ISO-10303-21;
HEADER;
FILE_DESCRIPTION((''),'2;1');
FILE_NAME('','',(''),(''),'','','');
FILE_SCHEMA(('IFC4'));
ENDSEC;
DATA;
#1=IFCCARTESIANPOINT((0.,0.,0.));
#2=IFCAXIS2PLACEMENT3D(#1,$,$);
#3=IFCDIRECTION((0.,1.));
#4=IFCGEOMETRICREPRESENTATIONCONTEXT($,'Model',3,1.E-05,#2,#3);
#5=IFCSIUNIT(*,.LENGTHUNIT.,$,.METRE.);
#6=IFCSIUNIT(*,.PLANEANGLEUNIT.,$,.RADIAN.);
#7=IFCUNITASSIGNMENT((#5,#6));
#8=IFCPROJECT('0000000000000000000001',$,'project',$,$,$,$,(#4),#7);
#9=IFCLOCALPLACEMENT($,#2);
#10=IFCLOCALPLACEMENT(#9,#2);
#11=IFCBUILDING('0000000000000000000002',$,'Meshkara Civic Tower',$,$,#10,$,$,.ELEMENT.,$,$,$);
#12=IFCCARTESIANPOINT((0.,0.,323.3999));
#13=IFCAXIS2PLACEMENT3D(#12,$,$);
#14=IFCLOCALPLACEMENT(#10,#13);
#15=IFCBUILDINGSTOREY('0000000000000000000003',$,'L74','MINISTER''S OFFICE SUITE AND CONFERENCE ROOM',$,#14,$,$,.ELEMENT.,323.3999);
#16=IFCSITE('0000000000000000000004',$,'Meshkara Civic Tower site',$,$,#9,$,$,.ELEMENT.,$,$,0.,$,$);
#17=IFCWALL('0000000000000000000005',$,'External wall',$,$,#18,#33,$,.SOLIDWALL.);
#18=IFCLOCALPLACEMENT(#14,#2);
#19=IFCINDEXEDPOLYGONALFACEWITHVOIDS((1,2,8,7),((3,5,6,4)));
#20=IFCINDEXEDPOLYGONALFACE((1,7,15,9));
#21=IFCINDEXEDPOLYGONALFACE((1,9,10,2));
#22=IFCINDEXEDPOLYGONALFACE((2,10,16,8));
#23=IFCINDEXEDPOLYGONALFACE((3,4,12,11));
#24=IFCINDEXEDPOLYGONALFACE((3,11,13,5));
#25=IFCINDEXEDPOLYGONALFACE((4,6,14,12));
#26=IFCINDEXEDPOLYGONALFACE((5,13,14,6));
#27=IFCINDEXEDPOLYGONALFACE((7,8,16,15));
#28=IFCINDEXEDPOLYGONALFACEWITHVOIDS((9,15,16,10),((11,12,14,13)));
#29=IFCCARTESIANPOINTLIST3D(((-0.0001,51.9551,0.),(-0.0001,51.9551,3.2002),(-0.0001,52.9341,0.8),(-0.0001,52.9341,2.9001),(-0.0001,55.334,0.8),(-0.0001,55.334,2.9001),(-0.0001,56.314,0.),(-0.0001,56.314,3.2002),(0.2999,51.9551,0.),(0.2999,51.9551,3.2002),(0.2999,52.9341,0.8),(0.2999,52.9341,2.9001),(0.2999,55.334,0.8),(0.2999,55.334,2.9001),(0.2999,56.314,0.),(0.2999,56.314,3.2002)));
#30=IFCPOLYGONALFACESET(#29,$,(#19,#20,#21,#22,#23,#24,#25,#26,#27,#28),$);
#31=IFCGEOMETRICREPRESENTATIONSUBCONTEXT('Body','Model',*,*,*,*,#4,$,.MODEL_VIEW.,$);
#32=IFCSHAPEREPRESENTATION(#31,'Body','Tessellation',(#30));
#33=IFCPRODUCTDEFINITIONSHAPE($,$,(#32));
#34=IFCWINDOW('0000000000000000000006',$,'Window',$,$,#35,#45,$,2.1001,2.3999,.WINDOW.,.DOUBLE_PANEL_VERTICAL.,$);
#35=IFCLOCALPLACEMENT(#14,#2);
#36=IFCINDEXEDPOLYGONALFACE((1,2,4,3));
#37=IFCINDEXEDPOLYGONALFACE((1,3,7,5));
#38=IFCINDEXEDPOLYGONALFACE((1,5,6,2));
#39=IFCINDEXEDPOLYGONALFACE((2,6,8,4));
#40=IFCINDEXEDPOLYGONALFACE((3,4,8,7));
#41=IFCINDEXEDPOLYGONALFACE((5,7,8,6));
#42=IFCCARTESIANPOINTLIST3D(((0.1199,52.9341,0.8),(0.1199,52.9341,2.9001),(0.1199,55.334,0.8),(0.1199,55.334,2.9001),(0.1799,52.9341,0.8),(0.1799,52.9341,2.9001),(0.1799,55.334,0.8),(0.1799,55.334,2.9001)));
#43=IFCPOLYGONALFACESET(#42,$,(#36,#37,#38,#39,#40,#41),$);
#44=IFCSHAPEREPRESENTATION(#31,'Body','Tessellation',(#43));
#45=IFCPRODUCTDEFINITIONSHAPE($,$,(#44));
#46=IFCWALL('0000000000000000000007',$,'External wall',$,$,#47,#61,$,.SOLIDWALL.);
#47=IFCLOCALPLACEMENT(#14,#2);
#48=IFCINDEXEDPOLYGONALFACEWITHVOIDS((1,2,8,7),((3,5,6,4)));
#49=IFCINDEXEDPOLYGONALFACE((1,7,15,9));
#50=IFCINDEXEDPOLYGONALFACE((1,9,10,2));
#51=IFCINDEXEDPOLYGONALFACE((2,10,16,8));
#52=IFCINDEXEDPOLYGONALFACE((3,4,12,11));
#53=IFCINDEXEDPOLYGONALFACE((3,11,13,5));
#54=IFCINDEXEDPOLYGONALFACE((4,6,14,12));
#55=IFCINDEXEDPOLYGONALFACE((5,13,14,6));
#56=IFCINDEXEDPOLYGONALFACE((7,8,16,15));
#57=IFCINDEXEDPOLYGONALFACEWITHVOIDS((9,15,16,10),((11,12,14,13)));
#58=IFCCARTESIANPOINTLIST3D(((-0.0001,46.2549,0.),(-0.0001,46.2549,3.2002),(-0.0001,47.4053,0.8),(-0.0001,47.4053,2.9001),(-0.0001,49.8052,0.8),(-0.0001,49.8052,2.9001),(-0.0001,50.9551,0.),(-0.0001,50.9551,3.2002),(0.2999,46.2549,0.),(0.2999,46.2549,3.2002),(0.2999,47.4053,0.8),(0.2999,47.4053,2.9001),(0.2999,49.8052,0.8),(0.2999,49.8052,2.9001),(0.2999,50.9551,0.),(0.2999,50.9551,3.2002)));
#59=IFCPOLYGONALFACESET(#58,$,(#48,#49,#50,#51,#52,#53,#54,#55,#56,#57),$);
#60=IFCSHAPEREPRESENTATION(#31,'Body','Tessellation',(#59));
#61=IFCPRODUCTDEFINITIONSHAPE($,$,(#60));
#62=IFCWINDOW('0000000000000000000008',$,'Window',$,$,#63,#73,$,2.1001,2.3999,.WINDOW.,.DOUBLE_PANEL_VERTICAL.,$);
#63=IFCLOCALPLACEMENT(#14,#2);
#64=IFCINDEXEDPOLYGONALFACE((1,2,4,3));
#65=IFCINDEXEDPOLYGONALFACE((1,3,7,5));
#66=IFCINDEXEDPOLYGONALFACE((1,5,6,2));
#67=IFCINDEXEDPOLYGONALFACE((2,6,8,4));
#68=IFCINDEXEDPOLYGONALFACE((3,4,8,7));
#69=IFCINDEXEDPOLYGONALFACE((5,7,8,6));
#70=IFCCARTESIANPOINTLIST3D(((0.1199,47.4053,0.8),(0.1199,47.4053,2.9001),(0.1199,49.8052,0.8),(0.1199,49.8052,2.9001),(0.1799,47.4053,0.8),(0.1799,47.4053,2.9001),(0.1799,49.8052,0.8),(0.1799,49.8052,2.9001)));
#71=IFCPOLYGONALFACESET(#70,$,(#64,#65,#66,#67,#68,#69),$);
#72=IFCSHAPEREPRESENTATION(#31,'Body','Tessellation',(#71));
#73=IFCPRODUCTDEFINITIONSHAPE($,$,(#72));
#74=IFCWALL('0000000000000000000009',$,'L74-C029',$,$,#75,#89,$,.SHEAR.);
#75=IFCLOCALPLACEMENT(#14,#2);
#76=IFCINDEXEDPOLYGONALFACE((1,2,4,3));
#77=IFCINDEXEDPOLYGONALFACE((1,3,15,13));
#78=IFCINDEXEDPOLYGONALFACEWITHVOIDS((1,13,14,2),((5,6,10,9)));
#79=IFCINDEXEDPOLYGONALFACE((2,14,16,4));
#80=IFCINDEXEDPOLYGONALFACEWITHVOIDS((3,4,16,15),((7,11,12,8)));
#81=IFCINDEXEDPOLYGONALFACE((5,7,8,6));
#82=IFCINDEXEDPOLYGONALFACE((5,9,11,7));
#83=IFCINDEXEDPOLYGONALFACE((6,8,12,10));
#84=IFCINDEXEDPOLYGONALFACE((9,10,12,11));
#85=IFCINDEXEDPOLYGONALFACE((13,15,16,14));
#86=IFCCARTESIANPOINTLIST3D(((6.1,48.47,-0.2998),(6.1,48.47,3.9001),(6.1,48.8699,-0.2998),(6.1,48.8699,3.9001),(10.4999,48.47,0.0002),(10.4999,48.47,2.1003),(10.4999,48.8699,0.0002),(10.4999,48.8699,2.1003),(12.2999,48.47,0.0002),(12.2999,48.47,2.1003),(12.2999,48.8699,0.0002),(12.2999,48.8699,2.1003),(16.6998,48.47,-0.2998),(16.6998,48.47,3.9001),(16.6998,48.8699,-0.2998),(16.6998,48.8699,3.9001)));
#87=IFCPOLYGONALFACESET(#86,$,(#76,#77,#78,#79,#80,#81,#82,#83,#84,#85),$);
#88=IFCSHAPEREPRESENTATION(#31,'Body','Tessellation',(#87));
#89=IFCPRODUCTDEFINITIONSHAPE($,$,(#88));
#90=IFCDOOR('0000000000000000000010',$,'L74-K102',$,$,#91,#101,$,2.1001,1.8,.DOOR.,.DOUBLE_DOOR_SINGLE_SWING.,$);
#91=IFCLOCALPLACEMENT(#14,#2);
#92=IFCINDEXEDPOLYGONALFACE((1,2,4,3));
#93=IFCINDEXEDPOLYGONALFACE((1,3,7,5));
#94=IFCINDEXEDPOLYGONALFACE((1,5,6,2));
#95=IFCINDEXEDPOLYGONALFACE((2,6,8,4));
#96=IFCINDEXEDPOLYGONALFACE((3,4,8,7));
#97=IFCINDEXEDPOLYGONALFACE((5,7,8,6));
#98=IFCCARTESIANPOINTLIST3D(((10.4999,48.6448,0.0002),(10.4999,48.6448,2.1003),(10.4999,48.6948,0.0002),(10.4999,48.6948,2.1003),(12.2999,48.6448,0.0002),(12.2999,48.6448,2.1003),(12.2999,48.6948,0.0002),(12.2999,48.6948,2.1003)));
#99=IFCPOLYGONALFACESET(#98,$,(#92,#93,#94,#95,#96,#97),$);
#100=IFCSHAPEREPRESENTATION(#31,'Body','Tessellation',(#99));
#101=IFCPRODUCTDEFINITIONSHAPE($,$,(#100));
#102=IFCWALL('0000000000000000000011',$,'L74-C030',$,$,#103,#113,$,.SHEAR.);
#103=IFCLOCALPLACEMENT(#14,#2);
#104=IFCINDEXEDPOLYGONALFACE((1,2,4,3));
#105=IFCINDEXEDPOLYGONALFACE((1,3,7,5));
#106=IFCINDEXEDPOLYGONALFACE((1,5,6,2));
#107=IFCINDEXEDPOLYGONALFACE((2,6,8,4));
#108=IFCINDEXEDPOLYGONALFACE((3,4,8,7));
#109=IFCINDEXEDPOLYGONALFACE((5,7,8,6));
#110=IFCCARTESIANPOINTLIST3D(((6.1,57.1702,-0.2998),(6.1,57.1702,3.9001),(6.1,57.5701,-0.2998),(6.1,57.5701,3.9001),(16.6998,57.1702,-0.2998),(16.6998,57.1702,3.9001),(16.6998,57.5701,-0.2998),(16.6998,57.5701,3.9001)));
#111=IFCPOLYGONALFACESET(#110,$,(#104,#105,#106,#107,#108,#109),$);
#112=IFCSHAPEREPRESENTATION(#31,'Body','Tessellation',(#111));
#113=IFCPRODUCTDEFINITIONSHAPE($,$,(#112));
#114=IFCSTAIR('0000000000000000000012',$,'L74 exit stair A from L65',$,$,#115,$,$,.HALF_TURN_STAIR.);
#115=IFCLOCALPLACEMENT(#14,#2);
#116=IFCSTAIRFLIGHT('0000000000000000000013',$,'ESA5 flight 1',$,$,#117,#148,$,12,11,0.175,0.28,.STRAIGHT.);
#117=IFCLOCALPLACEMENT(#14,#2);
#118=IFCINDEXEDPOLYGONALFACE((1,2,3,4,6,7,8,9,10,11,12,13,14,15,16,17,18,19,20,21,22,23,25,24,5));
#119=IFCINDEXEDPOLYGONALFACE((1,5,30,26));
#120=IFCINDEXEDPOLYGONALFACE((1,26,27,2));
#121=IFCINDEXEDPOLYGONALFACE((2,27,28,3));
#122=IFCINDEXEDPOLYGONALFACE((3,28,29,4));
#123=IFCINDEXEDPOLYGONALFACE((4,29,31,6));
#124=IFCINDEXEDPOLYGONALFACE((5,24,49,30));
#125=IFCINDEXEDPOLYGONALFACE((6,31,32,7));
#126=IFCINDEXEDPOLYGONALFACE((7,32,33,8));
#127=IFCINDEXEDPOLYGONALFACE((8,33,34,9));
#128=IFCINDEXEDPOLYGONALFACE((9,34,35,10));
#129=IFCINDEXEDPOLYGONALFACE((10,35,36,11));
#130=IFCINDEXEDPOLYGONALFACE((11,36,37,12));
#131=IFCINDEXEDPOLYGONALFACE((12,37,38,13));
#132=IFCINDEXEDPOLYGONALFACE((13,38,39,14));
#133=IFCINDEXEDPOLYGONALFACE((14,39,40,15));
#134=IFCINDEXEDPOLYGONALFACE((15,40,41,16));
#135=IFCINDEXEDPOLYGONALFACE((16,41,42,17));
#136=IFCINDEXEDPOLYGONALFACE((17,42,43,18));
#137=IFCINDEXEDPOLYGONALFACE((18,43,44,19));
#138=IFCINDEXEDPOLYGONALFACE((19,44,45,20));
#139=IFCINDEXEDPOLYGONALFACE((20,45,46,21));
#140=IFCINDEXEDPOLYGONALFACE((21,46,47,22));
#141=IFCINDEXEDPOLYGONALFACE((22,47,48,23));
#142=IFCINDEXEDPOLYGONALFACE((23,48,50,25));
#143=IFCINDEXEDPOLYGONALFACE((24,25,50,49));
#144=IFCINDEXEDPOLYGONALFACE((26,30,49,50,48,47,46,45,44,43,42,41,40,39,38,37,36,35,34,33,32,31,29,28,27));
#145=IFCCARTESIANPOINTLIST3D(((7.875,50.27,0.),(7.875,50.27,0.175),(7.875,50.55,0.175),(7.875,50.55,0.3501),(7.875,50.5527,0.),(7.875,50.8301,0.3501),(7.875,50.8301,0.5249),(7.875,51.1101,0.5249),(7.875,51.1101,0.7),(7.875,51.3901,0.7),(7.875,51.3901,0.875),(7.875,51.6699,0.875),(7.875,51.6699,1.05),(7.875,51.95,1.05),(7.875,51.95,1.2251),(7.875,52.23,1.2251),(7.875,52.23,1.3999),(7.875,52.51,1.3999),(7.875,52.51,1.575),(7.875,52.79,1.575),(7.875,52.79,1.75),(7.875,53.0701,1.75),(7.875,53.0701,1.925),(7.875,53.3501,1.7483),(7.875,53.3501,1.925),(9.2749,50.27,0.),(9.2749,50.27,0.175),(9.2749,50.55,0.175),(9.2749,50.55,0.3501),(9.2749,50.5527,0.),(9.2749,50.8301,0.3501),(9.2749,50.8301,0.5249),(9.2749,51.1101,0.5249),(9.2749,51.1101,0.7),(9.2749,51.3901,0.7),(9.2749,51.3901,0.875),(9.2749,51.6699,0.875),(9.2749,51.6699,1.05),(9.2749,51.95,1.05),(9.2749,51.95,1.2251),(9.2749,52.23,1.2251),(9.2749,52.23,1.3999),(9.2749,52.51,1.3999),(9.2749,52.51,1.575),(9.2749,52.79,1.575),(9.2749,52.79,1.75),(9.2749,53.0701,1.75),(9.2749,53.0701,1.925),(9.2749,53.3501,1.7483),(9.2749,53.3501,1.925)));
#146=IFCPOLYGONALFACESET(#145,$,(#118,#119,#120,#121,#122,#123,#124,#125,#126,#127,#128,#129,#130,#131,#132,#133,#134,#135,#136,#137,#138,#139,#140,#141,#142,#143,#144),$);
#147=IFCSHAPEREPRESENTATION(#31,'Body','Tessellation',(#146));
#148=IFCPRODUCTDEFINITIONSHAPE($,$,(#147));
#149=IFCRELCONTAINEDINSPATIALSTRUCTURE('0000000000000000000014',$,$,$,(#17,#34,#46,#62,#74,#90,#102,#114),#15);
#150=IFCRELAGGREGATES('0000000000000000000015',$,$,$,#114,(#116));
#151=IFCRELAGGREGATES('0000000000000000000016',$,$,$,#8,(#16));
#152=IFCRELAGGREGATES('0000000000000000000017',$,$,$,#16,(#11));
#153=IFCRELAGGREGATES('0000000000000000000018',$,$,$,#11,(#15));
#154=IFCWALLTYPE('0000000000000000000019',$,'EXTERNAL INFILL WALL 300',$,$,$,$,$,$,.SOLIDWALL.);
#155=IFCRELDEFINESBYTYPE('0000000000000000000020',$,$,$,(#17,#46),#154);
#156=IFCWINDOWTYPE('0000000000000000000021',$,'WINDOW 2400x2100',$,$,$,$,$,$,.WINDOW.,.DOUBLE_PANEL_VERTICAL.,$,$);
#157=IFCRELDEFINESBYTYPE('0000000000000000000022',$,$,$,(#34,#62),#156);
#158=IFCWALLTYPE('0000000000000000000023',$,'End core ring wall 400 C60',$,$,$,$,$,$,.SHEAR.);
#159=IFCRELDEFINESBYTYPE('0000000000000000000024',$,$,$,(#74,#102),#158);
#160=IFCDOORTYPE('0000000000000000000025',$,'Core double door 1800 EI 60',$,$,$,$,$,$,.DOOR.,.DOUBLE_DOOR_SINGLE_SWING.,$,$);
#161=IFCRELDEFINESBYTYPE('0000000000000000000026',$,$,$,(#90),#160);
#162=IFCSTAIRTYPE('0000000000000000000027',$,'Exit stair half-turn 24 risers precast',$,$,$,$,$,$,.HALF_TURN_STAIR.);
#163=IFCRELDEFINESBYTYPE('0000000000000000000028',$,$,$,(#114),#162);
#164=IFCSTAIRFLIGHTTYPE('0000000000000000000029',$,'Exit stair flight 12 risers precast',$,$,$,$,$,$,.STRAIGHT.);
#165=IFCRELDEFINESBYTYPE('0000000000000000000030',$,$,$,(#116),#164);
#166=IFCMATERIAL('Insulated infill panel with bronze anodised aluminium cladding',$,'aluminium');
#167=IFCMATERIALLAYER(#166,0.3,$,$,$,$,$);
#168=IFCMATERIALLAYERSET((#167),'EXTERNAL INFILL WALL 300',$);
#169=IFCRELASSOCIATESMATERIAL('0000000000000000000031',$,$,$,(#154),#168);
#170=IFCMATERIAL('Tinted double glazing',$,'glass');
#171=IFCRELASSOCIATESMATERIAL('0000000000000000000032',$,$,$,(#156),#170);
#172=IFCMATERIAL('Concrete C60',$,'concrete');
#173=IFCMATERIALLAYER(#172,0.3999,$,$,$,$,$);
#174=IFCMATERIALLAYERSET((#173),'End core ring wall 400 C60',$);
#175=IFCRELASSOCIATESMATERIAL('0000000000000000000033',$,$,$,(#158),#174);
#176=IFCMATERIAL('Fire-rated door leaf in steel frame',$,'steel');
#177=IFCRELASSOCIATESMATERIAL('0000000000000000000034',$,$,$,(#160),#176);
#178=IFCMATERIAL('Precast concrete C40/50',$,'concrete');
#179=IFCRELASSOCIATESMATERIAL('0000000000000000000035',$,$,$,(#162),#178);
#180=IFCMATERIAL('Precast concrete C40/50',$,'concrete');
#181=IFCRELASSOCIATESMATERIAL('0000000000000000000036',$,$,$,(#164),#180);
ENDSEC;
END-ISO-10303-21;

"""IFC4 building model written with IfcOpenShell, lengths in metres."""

from ifc_helpers import new_model, si_unit, direction, frame, frame_2d, origin, place, context, subcontext, project, spatial, polyline, rectangle, outline, extrude, material, layer, layer_set, type_object, element, fill, aggregate, save


model = new_model("IFC4")

# Units and contexts
model_context = context("Model", 3, precision=1e-05, world=origin(), true_north=direction((0.0, 1.0)))
body_context = subcontext(model_context, "Body", "Model", "MODEL_VIEW")
ifc_project = project(units=[si_unit("LENGTHUNIT", "METRE"), si_unit("PLANEANGLEUNIT", "RADIAN")], contexts=[model_context])

# Site, building, storey
site_placement = place(None, origin())
site = spatial("IfcSite", under=ifc_project, at=site_placement, Name="Meshkara Civic Tower site", CompositionType="ELEMENT", RefElevation=0.0)
building_placement = place(site_placement, origin())
building = spatial("IfcBuilding", under=site, at=building_placement, Name="Meshkara Civic Tower", CompositionType="ELEMENT")
storey_placement = place(building_placement, frame((0.0, 0.0, 323.3999)))
storey = spatial("IfcBuildingStorey", under=building, at=storey_placement, Name="L74", Description="MINISTER'S OFFICE SUITE AND CONFERENCE ROOM", CompositionType="ELEMENT", Elevation=323.3999)

# Walls, openings, windows
ifc_material_1 = material(Name="Insulated infill panel with bronze anodised aluminium cladding", Category="aluminium")
ifc_layer_1 = layer(ifc_material_1, 0.3)
ifc_layer_set_1 = layer_set([ifc_layer_1], Name="EXTERNAL INFILL WALL 300")
wall_type_1 = type_object("IfcWallType", Name="EXTERNAL INFILL WALL 300", PredefinedType="SOLIDWALL", material=ifc_layer_set_1)
ifc_material_2 = material(Name="Tinted double glazing", Category="glass")
window_type = type_object("IfcWindowType", Name="WINDOW 2400x2100", PartitioningType="DOUBLE_PANEL_VERTICAL", PredefinedType="WINDOW", material=ifc_material_2)
wall_1_placement = place(storey_placement, frame((0.1499, 56.314, 0.0), z_axis=(0.0, 0.0, 1.0), x_axis=(0.0, -1.0, 0.0)))
wall_1 = element("IfcWall", 1, at=wall_1_placement, inside=storey, type_object=wall_type_1, Name="External wall", PredefinedType="SOLIDWALL", context=body_context, shape_type="SweptSolid", body=[
    extrude(rectangle(XDim=4.3589, YDim=0.3, at=frame_2d((2.1794, 0.0))), origin(), (0.0, 0.0, 1.0), 3.2002),
])
opening_1_placement = place(wall_1_placement, frame((0.98, 0.0, 0.8)))
opening_1 = element("IfcOpeningElement", 2, at=opening_1_placement, cuts=wall_1, PredefinedType="OPENING", context=body_context, shape_type="SweptSolid", body=[
    extrude(rectangle(XDim=2.3999, YDim=2.1001, at=frame_2d((1.2, 1.05))), frame((0.0, 0.1599, 0.0), z_axis=(0.0, -1.0, 0.0), x_axis=(1.0, 0.0, 0.0)), (0.0, 0.0, 1.0), 0.3201),
])
window_1_placement = place(opening_1_placement, origin())
window_1 = element("IfcWindow", 3, at=window_1_placement, inside=storey, type_object=window_type, Name="Window", OverallHeight=2.1001, OverallWidth=2.3999, PartitioningType="DOUBLE_PANEL_VERTICAL", PredefinedType="WINDOW", context=body_context, shape_type="SweptSolid", body=[
    extrude(rectangle(XDim=2.3999, YDim=2.1001, at=frame_2d((1.2, 1.05))), frame((0.0, 0.03, 0.0), z_axis=(0.0, -1.0, 0.0), x_axis=(1.0, 0.0, 0.0)), (0.0, 0.0, 1.0), 0.0601),
])
fill(opening_1, window_1)
wall_2_placement = place(storey_placement, frame((0.1499, 50.9551, 0.0), z_axis=(0.0, 0.0, 1.0), x_axis=(0.0, -1.0, 0.0)))
wall_2 = element("IfcWall", 4, at=wall_2_placement, inside=storey, type_object=wall_type_1, Name="External wall", PredefinedType="SOLIDWALL", context=body_context, shape_type="SweptSolid", body=[
    extrude(rectangle(XDim=4.7002, YDim=0.3, at=frame_2d((2.3501, 0.0))), origin(), (0.0, 0.0, 1.0), 3.2002),
])
opening_2_placement = place(wall_2_placement, frame((1.1499, 0.0, 0.8)))
opening_2 = element("IfcOpeningElement", 5, at=opening_2_placement, cuts=wall_2, PredefinedType="OPENING", context=body_context, shape_type="SweptSolid", body=[
    extrude(rectangle(XDim=2.3999, YDim=2.1001, at=frame_2d((1.2, 1.05))), frame((0.0, 0.1599, 0.0), z_axis=(0.0, -1.0, 0.0), x_axis=(1.0, 0.0, 0.0)), (0.0, 0.0, 1.0), 0.3201),
])
window_2_placement = place(opening_2_placement, origin())
window_2 = element("IfcWindow", 6, at=window_2_placement, inside=storey, type_object=window_type, Name="Window", OverallHeight=2.1001, OverallWidth=2.3999, PartitioningType="DOUBLE_PANEL_VERTICAL", PredefinedType="WINDOW", context=body_context, shape_type="SweptSolid", body=[
    extrude(rectangle(XDim=2.3999, YDim=2.1001, at=frame_2d((1.2, 1.05))), frame((0.0, 0.03, 0.0), z_axis=(0.0, -1.0, 0.0), x_axis=(1.0, 0.0, 0.0)), (0.0, 0.0, 1.0), 0.0601),
])
fill(opening_2, window_2)

# Wall, opening, door
ifc_material_3 = material(Name="Concrete C60", Category="concrete")
ifc_layer_2 = layer(ifc_material_3, 0.3999)
ifc_layer_set_2 = layer_set([ifc_layer_2], Name="End core ring wall 400 C60")
wall_type_2 = type_object("IfcWallType", Name="End core ring wall 400 C60", PredefinedType="SHEAR", material=ifc_layer_set_2)
wall_3_placement = place(storey_placement, frame((6.1001, 48.6699, -0.2998), z_axis=(0.0, 0.0, 1.0), x_axis=(1.0, 0.0, 0.0)))
wall_3 = element("IfcWall", 7, at=wall_3_placement, inside=storey, type_object=wall_type_2, Name="L74-C029", PredefinedType="SHEAR", context=body_context, shape_type="SweptSolid", body=[
    extrude(rectangle(XDim=10.5999, YDim=0.3999, at=frame_2d((5.2998, 0.0))), origin(), (0.0, 0.0, 1.0), 4.2),
])
opening_3_placement = place(wall_3_placement, frame((4.3999, 0.0, 0.3)))
opening_3 = element("IfcOpeningElement", 8, at=opening_3_placement, cuts=wall_3, PredefinedType="OPENING", context=body_context, shape_type="SweptSolid", body=[
    extrude(rectangle(XDim=1.8, YDim=2.1001, at=frame_2d((0.8999, 1.05))), frame((0.0, 0.21, 0.0), z_axis=(0.0, -1.0, 0.0), x_axis=(1.0, 0.0, 0.0)), (0.0, 0.0, 1.0), 0.4199),
])
ifc_material_4 = material(Name="Fire-rated door leaf in steel frame", Category="steel")
door_type = type_object("IfcDoorType", Name="Core double door 1800 EI 60", OperationType="DOUBLE_DOOR_SINGLE_SWING", PredefinedType="DOOR", material=ifc_material_4)
door_placement = place(opening_3_placement, origin())
door = element("IfcDoor", 9, at=door_placement, inside=storey, type_object=door_type, Name="L74-K102", OperationType="DOUBLE_DOOR_SINGLE_SWING", OverallHeight=2.1001, OverallWidth=1.8, PredefinedType="DOOR", context=body_context, shape_type="SweptSolid", body=[
    extrude(rectangle(XDim=1.8, YDim=2.1001, at=frame_2d((0.8999, 1.05))), frame((0.0, 0.0249, 0.0), z_axis=(0.0, -1.0, 0.0), x_axis=(1.0, 0.0, 0.0)), (0.0, 0.0, 1.0), 0.05),
])
fill(opening_3, door)

# Wall
wall_4_placement = place(storey_placement, frame((6.1001, 57.3701, -0.2998), z_axis=(0.0, 0.0, 1.0), x_axis=(1.0, 0.0, 0.0)))
element("IfcWall", 10, at=wall_4_placement, inside=storey, type_object=wall_type_2, Name="L74-C030", PredefinedType="SHEAR", context=body_context, shape_type="SweptSolid", body=[
    extrude(rectangle(XDim=10.5999, YDim=0.3999, at=frame_2d((5.2998, 0.0))), origin(), (0.0, 0.0, 1.0), 4.2),
])

# Stair, stair flight
ifc_material_5 = material(Name="Precast concrete C40/50", Category="concrete")
stair_type = type_object("IfcStairType", Name="Exit stair half-turn 24 risers precast", PredefinedType="HALF_TURN_STAIR", material=ifc_material_5)
stair_placement = place(storey_placement, origin())
stair = element("IfcStair", 11, at=stair_placement, inside=storey, type_object=stair_type, Name="L74 exit stair A from L65", PredefinedType="HALF_TURN_STAIR")
ifc_material_6 = material(Name="Precast concrete C40/50", Category="concrete")
stair_flight_type = type_object("IfcStairFlightType", Name="Exit stair flight 12 risers precast", PredefinedType="STRAIGHT", material=ifc_material_6)
stair_flight_1_placement = place(storey_placement, frame((8.575, 50.27, 0.0), z_axis=(0.0, 0.0, 1.0), x_axis=(0.0, 1.0, 0.0)))
stair_flight_1 = element("IfcStairFlight", 12, at=stair_flight_1_placement, type_object=stair_flight_type, Name="ESA5 flight 1", NumberOfRisers=12, NumberOfTreads=11, PredefinedType="STRAIGHT", RiserHeight=0.175, TreadLength=0.28, context=body_context, shape_type="SweptSolid", body=[
    extrude(outline(polyline([(0.0, 0.0), (0.0, 0.175), (0.28, 0.175), (0.28, 0.3501), (0.5601, 0.3501), (0.5601, 0.5249), (0.8401, 0.5249), (0.8401, 0.7), (1.1201, 0.7), (1.1201, 0.875), (1.3999, 0.875), (1.3999, 1.05), (1.6799, 1.05), (1.6799, 1.2251), (1.96, 1.2251), (1.96, 1.3999), (2.24, 1.3999), (2.24, 1.575), (2.52, 1.575), (2.52, 1.75), (2.8, 1.75), (2.8, 1.925), (3.0801, 1.925), (3.0801, 2.1001), (3.0801, 1.7483), (0.2827, 0.0), (0.0, 0.0)])), frame((0.0, 0.7, 0.0), z_axis=(0.0, -1.0, 0.0), x_axis=(1.0, 0.0, 0.0)), (0.0, 0.0, 1.0), 1.3999),
])
aggregate(stair, [stair_flight_1])

save(model, "model.ifc")
